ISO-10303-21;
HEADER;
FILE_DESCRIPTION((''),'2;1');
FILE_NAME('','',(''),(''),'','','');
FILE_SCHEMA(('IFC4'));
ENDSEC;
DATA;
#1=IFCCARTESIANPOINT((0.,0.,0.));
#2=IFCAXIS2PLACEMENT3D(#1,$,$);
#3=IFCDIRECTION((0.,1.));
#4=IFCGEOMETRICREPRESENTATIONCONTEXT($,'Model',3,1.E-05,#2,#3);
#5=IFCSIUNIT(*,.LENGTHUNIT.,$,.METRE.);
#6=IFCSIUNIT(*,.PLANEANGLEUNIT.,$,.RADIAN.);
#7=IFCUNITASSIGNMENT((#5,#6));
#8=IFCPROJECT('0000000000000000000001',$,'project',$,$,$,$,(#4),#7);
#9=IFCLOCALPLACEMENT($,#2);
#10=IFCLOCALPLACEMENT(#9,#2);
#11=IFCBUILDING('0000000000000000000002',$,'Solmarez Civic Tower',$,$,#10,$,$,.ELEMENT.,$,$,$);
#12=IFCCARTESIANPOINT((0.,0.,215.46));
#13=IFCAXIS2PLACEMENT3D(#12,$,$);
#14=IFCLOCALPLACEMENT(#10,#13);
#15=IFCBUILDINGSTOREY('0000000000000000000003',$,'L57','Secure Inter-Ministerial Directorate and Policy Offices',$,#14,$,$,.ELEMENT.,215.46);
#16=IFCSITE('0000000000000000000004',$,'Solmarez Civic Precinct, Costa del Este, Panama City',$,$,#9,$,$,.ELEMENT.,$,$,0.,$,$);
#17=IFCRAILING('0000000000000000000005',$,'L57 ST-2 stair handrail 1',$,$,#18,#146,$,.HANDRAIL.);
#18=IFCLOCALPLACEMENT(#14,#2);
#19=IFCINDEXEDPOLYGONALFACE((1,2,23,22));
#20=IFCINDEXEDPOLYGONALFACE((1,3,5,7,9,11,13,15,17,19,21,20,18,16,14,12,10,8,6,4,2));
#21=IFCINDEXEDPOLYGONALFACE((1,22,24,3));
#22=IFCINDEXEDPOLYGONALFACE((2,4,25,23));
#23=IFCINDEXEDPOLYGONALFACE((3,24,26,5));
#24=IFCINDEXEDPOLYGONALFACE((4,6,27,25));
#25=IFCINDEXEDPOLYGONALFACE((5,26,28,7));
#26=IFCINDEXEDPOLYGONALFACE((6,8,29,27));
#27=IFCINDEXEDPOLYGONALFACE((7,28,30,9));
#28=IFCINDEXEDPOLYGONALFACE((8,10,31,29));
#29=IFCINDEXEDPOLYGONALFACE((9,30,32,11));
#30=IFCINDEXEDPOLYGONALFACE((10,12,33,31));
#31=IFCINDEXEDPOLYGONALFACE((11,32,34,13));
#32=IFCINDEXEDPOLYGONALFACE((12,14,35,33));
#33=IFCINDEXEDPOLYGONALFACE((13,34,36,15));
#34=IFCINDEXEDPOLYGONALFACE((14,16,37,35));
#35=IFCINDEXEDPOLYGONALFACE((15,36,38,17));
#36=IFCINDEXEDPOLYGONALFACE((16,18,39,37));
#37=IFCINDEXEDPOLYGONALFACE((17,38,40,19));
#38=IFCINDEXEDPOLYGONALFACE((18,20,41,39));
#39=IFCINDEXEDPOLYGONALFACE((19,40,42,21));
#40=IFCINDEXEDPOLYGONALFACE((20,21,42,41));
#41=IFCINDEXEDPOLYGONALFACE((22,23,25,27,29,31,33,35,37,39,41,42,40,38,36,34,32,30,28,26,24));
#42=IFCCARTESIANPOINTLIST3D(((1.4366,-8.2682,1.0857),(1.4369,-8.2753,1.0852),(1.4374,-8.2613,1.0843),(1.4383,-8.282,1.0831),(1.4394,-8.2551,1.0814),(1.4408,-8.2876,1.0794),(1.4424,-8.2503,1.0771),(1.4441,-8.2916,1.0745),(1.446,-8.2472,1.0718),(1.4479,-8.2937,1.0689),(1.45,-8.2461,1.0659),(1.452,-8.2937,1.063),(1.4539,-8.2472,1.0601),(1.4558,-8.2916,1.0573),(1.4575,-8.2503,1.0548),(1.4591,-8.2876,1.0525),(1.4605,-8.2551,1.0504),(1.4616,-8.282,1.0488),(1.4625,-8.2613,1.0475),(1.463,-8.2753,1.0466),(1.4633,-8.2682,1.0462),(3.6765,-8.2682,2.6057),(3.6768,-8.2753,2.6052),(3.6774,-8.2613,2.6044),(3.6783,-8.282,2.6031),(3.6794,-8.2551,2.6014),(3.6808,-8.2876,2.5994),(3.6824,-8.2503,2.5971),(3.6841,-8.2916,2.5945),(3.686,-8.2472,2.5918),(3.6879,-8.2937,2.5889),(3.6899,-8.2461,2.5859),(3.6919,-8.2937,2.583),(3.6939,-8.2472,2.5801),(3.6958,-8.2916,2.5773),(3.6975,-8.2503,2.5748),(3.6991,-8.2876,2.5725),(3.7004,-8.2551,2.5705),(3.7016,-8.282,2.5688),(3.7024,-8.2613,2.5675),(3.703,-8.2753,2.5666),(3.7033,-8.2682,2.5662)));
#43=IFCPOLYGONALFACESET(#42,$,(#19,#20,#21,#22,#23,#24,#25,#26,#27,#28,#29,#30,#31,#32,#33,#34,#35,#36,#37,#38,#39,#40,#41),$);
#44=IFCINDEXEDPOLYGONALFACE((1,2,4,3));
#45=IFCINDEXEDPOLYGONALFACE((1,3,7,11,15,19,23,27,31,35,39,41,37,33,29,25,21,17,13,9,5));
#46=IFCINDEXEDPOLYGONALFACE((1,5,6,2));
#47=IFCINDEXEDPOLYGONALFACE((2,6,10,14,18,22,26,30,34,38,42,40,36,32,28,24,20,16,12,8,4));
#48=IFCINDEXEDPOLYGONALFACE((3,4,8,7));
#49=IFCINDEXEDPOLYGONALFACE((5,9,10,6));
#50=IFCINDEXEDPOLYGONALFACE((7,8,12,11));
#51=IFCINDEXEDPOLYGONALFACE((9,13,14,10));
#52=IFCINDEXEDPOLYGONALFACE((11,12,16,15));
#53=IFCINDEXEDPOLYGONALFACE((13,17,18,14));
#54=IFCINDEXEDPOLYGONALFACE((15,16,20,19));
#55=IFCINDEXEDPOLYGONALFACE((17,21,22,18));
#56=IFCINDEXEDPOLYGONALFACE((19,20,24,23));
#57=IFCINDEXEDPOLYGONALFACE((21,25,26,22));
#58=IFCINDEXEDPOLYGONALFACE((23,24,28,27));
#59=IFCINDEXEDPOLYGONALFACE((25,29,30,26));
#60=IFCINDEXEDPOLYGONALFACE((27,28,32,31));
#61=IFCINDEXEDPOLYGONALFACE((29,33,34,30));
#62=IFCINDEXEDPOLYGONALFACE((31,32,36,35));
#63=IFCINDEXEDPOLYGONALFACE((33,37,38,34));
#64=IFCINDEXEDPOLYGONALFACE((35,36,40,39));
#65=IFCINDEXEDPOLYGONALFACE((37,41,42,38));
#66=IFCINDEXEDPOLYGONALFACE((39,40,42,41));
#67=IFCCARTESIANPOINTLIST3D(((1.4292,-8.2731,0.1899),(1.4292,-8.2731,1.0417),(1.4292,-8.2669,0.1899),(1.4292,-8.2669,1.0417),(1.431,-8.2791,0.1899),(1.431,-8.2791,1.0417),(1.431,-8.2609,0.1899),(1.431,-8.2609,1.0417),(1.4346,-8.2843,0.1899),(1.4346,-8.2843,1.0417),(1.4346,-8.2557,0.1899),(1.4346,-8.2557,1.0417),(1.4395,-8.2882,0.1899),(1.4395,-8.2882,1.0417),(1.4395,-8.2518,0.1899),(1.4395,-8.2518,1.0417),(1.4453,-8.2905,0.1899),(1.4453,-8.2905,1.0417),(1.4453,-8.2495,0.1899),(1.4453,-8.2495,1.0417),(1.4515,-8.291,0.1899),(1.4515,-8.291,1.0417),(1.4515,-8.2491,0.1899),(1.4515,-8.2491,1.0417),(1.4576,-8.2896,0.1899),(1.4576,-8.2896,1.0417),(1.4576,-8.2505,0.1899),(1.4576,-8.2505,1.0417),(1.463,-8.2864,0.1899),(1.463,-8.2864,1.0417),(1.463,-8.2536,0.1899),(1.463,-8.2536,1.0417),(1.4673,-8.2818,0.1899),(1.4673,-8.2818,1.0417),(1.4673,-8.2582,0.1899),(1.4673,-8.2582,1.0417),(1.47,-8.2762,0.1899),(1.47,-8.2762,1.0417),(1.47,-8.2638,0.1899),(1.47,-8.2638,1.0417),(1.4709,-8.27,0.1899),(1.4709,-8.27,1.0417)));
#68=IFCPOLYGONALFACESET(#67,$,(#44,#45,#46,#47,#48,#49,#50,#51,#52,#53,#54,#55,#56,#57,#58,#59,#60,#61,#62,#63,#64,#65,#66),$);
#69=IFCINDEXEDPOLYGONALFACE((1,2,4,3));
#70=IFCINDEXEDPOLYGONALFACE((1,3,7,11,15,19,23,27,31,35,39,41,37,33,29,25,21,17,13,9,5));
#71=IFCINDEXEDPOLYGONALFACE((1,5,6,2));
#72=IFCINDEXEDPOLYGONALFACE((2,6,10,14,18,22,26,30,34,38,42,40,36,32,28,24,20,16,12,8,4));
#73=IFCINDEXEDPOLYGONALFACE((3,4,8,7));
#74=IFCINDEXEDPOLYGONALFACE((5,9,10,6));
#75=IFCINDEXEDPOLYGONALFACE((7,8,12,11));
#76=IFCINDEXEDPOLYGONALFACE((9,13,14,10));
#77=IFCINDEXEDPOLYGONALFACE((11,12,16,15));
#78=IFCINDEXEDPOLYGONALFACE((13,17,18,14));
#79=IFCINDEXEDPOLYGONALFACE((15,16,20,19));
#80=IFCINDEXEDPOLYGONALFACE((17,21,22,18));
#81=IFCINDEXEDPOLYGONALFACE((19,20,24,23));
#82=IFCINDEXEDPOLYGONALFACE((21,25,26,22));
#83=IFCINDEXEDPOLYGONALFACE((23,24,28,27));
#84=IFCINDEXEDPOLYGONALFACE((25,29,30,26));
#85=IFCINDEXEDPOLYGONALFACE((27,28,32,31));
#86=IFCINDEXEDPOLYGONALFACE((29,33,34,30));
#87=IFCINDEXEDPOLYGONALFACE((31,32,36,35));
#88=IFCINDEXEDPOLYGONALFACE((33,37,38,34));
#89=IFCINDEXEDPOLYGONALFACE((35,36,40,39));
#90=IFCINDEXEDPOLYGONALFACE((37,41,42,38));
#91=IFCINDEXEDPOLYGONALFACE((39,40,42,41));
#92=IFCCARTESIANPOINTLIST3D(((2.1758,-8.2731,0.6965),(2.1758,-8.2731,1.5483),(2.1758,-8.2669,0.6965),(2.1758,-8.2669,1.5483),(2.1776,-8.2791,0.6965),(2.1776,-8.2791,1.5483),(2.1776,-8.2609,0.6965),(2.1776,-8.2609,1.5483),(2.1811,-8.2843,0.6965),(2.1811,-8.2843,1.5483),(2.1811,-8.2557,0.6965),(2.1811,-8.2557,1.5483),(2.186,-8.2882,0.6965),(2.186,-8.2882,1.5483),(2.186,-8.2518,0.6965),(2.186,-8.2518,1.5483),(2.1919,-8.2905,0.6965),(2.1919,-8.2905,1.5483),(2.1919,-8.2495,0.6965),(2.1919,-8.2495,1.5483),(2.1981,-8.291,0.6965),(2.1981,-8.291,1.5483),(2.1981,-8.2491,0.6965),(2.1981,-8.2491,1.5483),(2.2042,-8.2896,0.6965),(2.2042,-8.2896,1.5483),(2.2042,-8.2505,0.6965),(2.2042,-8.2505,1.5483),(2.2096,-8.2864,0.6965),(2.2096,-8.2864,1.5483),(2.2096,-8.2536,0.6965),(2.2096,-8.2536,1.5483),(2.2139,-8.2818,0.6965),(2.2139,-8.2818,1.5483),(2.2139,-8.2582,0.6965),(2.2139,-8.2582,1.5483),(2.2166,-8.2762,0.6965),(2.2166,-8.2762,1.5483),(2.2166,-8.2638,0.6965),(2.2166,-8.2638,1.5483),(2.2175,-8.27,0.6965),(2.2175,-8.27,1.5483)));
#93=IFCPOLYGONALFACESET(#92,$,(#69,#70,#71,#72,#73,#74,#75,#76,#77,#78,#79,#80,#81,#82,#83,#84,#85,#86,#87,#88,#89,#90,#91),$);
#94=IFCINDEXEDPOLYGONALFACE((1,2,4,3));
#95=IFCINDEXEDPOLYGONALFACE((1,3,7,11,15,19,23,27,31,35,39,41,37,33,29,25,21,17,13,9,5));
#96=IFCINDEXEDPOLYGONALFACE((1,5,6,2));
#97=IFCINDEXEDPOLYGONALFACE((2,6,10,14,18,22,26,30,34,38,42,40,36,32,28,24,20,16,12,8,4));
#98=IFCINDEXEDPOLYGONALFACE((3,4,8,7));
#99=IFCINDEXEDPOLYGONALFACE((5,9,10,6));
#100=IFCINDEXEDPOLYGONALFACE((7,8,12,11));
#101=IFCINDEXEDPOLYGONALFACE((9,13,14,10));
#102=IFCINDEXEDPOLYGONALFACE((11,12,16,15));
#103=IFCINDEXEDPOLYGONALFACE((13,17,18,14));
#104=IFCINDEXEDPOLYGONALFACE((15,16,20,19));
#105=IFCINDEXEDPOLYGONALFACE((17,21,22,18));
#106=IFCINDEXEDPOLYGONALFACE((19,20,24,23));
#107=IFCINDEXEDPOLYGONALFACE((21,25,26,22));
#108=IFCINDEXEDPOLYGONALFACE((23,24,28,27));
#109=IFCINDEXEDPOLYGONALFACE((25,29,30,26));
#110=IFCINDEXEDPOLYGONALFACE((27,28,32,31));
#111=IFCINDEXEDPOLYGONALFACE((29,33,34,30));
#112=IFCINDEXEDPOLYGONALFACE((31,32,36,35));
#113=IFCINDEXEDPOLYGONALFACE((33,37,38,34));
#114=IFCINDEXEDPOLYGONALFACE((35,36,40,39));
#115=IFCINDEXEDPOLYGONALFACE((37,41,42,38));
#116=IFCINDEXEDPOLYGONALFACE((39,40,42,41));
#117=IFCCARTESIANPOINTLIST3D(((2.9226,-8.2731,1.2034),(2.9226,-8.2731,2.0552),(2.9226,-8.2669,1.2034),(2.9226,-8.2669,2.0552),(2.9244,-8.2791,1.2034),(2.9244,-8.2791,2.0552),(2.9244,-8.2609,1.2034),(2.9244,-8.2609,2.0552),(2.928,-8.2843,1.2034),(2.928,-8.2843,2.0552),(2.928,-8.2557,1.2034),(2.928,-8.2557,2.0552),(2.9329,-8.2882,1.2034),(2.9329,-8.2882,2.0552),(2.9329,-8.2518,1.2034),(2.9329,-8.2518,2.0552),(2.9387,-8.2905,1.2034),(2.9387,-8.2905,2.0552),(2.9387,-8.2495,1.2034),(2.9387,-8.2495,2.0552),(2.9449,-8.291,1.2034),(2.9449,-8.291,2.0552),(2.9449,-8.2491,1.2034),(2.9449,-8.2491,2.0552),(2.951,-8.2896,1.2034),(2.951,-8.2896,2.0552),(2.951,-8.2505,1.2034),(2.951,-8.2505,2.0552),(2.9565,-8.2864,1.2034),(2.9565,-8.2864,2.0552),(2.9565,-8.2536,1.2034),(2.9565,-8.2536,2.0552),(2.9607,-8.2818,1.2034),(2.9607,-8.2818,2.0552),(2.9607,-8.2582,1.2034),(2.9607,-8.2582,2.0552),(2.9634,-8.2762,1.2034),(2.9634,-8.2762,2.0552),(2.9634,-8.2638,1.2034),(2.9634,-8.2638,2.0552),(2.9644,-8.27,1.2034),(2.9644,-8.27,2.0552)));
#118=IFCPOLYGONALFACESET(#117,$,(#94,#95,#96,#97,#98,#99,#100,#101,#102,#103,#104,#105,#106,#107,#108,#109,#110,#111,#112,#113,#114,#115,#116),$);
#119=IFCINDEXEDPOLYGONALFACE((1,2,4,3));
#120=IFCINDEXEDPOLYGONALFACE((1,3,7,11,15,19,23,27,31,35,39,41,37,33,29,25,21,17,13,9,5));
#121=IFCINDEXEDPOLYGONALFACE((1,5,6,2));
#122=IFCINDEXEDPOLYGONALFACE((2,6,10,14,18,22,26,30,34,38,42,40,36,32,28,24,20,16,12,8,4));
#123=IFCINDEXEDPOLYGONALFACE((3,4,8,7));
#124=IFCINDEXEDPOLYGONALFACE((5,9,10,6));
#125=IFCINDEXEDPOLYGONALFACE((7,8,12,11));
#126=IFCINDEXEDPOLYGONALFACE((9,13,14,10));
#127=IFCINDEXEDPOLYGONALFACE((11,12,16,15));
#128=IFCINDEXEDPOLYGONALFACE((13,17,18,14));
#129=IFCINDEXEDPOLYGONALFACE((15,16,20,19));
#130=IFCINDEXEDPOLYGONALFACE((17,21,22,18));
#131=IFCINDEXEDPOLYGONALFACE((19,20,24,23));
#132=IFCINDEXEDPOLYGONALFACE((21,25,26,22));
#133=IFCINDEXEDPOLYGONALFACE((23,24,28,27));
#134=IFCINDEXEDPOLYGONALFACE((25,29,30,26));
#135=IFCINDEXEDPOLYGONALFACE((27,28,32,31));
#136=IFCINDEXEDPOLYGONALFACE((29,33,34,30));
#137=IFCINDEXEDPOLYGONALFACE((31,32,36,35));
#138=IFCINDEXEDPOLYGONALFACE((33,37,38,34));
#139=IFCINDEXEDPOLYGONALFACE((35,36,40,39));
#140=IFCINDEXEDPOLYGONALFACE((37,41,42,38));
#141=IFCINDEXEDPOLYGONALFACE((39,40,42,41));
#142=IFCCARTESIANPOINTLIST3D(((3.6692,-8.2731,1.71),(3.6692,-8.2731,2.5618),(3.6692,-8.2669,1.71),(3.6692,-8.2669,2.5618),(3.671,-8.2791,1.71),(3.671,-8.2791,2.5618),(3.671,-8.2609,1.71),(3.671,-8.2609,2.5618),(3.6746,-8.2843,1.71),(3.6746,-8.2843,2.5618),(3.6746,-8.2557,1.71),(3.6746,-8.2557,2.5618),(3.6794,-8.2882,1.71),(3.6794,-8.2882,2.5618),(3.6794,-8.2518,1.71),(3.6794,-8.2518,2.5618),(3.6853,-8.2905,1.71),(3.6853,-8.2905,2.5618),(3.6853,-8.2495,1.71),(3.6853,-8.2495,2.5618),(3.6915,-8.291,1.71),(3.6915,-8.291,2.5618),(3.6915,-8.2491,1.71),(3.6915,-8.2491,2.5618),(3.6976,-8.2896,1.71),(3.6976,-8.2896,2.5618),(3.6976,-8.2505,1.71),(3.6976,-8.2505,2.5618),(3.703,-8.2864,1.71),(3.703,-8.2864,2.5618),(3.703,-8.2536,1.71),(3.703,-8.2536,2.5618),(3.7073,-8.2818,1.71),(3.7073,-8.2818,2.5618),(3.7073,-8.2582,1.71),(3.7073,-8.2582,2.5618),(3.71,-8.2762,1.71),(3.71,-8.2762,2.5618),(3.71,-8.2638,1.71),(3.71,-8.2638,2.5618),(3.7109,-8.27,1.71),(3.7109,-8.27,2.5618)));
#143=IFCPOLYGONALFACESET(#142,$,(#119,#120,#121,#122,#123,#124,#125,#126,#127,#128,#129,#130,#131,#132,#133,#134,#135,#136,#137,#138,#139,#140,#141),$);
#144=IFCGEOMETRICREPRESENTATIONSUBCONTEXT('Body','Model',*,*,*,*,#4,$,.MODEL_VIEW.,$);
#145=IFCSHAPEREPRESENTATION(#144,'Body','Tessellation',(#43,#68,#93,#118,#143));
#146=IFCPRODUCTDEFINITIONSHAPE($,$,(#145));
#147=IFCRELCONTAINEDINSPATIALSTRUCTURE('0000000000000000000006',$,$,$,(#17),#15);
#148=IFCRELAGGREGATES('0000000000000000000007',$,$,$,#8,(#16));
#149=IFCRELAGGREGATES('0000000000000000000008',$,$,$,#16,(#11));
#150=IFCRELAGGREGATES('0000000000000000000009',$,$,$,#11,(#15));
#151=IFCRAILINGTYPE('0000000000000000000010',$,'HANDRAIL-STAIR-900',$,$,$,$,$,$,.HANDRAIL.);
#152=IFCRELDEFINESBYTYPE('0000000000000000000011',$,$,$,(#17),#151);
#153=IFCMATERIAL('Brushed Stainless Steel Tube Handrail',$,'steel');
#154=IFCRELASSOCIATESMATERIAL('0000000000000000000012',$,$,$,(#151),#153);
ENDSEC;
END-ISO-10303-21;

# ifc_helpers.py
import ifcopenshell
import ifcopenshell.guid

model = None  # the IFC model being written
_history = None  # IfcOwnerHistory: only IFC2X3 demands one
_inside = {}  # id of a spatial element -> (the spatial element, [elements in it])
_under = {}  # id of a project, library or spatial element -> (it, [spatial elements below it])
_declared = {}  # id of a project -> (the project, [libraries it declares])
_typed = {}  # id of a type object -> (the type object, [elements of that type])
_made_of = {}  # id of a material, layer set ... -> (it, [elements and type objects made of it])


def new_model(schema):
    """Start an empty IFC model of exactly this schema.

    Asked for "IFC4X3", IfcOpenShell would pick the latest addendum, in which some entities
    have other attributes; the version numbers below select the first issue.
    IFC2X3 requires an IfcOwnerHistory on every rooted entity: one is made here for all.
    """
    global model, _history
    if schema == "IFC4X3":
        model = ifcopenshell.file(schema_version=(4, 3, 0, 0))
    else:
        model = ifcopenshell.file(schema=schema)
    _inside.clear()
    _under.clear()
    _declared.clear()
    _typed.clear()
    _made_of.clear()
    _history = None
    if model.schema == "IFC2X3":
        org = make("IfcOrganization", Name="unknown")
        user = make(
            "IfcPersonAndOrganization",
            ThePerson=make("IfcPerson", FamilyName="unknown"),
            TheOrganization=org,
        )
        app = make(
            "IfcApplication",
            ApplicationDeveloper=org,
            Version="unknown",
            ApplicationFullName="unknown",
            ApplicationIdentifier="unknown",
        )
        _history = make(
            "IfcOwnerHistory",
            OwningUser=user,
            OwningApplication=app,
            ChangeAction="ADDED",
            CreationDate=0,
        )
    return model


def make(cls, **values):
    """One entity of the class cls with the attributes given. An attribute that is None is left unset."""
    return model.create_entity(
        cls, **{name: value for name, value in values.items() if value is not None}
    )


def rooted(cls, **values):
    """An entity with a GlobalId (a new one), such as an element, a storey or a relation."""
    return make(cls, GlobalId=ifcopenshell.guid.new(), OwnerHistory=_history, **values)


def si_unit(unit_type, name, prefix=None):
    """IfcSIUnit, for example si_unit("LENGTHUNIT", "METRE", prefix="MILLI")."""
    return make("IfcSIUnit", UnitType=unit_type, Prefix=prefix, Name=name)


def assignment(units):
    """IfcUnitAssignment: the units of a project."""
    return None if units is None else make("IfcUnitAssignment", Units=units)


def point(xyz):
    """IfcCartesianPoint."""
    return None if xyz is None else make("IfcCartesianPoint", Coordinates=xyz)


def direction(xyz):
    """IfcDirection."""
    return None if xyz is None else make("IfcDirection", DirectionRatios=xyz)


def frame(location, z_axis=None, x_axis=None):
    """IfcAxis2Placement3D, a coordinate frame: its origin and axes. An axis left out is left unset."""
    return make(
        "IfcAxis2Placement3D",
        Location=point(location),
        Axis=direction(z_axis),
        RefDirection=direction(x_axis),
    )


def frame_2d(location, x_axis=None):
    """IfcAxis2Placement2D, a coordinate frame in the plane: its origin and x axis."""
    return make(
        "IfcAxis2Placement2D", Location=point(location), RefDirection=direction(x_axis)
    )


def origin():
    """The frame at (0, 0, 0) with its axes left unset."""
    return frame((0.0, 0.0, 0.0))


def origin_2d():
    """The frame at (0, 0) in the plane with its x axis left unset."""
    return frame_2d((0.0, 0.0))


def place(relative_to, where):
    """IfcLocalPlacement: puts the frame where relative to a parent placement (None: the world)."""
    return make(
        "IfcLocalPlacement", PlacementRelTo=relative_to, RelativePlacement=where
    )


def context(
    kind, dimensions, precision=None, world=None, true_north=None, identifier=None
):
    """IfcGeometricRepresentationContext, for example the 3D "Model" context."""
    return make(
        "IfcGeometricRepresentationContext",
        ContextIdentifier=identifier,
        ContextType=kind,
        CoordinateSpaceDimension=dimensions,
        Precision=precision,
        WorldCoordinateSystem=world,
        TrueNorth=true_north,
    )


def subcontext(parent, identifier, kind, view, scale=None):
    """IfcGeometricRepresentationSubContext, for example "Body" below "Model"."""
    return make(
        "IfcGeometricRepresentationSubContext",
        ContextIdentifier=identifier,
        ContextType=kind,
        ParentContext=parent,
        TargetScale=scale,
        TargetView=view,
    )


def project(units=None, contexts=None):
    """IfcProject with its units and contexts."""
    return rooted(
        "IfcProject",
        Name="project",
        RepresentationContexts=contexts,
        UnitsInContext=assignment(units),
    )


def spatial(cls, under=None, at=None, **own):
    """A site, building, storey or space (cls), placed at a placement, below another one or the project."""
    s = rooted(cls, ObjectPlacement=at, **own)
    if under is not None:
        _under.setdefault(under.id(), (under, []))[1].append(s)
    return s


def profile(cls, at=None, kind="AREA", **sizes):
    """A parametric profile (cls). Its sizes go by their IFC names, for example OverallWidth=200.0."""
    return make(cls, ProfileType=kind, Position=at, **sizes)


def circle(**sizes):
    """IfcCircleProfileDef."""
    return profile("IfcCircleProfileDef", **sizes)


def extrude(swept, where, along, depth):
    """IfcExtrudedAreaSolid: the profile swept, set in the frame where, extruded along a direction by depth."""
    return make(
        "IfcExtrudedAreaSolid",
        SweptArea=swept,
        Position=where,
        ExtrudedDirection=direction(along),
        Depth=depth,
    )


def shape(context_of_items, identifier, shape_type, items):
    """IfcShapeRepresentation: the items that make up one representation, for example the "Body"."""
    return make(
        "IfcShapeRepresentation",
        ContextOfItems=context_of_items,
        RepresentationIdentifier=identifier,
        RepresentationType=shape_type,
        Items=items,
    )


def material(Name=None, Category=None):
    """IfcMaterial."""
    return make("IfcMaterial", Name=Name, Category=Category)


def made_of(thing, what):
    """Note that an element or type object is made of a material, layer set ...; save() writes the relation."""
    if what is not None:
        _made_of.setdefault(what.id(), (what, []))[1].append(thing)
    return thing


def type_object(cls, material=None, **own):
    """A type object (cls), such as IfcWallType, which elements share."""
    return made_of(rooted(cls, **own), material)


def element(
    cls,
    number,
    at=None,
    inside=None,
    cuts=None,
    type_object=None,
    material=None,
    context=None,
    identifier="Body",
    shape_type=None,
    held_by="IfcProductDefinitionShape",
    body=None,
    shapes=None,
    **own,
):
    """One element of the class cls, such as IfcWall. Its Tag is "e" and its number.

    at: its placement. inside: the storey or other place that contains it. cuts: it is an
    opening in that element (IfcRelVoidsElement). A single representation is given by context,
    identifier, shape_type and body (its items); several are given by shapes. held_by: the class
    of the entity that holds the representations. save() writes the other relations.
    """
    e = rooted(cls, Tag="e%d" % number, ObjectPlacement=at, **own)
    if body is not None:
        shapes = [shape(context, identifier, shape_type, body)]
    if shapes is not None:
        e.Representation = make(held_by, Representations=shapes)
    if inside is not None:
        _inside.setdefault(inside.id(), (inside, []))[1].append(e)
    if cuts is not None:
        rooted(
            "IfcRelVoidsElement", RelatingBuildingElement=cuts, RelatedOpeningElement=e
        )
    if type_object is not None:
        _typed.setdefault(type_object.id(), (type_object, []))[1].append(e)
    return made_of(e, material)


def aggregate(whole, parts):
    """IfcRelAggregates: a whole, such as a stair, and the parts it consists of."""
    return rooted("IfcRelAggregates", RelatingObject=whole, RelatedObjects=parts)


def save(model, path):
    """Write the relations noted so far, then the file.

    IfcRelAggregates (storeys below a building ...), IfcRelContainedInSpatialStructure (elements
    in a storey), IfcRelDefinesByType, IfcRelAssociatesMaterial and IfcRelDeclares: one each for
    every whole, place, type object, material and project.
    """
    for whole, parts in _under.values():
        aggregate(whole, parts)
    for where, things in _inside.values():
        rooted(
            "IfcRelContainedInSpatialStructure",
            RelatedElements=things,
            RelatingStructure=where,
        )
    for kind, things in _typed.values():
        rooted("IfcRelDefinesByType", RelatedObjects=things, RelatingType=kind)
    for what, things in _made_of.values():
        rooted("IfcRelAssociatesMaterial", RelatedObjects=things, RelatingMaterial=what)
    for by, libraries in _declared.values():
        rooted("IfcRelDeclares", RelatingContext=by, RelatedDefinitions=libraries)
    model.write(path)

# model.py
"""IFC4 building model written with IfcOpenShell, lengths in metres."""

from ifc_helpers import new_model, si_unit, direction, frame, origin, origin_2d, place, context, subcontext, project, spatial, circle, extrude, material, type_object, element, save


model = new_model("IFC4")

# Units and contexts
model_context = context("Model", 3, precision=1e-05, world=origin(), true_north=direction((0.0, 1.0)))
body_context = subcontext(model_context, "Body", "Model", "MODEL_VIEW")
ifc_project = project(units=[si_unit("LENGTHUNIT", "METRE"), si_unit("PLANEANGLEUNIT", "RADIAN")], contexts=[model_context])

# Site, building, storey
site_placement = place(None, origin())
site = spatial("IfcSite", under=ifc_project, at=site_placement, Name="Solmarez Civic Precinct, Costa del Este, Panama City", CompositionType="ELEMENT", RefElevation=0.0)
building_placement = place(site_placement, origin())
building = spatial("IfcBuilding", under=site, at=building_placement, Name="Solmarez Civic Tower", CompositionType="ELEMENT")
storey_placement = place(building_placement, frame((0.0, 0.0, 215.46)))
storey = spatial("IfcBuildingStorey", under=building, at=storey_placement, Name="L57", Description="Secure Inter-Ministerial Directorate and Policy Offices", CompositionType="ELEMENT", Elevation=215.46)

# Railing
ifc_material_1 = material(Name="Brushed Stainless Steel Tube Handrail", Category="steel")
railing_type_1 = type_object("IfcRailingType", Name="HANDRAIL-STAIR-900", PredefinedType="HANDRAIL", material=ifc_material_1)
railing_1_placement = place(storey_placement, frame((1.45, -8.27, 0.1899)))
element("IfcRailing", 1, at=railing_1_placement, inside=storey, type_object=railing_type_1, Name="L57 ST-2 stair handrail 1", PredefinedType="HANDRAIL", context=body_context, shape_type="SweptSolid", body=[
    extrude(circle(Radius=0.0239, at=origin_2d()), frame((0.0, 0.0, 0.876), z_axis=(0.827471, 0.0, 0.561508), x_axis=(0.0, 1.0, 0.0)), (0.0, 0.0, 1.0), 2.707),
    extrude(circle(Radius=0.021, at=origin_2d()), origin(), (0.0, 0.0, 1.0), 0.8518),
    extrude(circle(Radius=0.021, at=origin_2d()), frame((0.7466, 0.0, 0.5066)), (0.0, 0.0, 1.0), 0.8518),
    extrude(circle(Radius=0.021, at=origin_2d()), frame((1.4934, 0.0, 1.0134)), (0.0, 0.0, 1.0), 0.8518),
    extrude(circle(Radius=0.021, at=origin_2d()), frame((2.24, 0.0, 1.52)), (0.0, 0.0, 1.0), 0.8518),
])

save(model, "model.ifc")
